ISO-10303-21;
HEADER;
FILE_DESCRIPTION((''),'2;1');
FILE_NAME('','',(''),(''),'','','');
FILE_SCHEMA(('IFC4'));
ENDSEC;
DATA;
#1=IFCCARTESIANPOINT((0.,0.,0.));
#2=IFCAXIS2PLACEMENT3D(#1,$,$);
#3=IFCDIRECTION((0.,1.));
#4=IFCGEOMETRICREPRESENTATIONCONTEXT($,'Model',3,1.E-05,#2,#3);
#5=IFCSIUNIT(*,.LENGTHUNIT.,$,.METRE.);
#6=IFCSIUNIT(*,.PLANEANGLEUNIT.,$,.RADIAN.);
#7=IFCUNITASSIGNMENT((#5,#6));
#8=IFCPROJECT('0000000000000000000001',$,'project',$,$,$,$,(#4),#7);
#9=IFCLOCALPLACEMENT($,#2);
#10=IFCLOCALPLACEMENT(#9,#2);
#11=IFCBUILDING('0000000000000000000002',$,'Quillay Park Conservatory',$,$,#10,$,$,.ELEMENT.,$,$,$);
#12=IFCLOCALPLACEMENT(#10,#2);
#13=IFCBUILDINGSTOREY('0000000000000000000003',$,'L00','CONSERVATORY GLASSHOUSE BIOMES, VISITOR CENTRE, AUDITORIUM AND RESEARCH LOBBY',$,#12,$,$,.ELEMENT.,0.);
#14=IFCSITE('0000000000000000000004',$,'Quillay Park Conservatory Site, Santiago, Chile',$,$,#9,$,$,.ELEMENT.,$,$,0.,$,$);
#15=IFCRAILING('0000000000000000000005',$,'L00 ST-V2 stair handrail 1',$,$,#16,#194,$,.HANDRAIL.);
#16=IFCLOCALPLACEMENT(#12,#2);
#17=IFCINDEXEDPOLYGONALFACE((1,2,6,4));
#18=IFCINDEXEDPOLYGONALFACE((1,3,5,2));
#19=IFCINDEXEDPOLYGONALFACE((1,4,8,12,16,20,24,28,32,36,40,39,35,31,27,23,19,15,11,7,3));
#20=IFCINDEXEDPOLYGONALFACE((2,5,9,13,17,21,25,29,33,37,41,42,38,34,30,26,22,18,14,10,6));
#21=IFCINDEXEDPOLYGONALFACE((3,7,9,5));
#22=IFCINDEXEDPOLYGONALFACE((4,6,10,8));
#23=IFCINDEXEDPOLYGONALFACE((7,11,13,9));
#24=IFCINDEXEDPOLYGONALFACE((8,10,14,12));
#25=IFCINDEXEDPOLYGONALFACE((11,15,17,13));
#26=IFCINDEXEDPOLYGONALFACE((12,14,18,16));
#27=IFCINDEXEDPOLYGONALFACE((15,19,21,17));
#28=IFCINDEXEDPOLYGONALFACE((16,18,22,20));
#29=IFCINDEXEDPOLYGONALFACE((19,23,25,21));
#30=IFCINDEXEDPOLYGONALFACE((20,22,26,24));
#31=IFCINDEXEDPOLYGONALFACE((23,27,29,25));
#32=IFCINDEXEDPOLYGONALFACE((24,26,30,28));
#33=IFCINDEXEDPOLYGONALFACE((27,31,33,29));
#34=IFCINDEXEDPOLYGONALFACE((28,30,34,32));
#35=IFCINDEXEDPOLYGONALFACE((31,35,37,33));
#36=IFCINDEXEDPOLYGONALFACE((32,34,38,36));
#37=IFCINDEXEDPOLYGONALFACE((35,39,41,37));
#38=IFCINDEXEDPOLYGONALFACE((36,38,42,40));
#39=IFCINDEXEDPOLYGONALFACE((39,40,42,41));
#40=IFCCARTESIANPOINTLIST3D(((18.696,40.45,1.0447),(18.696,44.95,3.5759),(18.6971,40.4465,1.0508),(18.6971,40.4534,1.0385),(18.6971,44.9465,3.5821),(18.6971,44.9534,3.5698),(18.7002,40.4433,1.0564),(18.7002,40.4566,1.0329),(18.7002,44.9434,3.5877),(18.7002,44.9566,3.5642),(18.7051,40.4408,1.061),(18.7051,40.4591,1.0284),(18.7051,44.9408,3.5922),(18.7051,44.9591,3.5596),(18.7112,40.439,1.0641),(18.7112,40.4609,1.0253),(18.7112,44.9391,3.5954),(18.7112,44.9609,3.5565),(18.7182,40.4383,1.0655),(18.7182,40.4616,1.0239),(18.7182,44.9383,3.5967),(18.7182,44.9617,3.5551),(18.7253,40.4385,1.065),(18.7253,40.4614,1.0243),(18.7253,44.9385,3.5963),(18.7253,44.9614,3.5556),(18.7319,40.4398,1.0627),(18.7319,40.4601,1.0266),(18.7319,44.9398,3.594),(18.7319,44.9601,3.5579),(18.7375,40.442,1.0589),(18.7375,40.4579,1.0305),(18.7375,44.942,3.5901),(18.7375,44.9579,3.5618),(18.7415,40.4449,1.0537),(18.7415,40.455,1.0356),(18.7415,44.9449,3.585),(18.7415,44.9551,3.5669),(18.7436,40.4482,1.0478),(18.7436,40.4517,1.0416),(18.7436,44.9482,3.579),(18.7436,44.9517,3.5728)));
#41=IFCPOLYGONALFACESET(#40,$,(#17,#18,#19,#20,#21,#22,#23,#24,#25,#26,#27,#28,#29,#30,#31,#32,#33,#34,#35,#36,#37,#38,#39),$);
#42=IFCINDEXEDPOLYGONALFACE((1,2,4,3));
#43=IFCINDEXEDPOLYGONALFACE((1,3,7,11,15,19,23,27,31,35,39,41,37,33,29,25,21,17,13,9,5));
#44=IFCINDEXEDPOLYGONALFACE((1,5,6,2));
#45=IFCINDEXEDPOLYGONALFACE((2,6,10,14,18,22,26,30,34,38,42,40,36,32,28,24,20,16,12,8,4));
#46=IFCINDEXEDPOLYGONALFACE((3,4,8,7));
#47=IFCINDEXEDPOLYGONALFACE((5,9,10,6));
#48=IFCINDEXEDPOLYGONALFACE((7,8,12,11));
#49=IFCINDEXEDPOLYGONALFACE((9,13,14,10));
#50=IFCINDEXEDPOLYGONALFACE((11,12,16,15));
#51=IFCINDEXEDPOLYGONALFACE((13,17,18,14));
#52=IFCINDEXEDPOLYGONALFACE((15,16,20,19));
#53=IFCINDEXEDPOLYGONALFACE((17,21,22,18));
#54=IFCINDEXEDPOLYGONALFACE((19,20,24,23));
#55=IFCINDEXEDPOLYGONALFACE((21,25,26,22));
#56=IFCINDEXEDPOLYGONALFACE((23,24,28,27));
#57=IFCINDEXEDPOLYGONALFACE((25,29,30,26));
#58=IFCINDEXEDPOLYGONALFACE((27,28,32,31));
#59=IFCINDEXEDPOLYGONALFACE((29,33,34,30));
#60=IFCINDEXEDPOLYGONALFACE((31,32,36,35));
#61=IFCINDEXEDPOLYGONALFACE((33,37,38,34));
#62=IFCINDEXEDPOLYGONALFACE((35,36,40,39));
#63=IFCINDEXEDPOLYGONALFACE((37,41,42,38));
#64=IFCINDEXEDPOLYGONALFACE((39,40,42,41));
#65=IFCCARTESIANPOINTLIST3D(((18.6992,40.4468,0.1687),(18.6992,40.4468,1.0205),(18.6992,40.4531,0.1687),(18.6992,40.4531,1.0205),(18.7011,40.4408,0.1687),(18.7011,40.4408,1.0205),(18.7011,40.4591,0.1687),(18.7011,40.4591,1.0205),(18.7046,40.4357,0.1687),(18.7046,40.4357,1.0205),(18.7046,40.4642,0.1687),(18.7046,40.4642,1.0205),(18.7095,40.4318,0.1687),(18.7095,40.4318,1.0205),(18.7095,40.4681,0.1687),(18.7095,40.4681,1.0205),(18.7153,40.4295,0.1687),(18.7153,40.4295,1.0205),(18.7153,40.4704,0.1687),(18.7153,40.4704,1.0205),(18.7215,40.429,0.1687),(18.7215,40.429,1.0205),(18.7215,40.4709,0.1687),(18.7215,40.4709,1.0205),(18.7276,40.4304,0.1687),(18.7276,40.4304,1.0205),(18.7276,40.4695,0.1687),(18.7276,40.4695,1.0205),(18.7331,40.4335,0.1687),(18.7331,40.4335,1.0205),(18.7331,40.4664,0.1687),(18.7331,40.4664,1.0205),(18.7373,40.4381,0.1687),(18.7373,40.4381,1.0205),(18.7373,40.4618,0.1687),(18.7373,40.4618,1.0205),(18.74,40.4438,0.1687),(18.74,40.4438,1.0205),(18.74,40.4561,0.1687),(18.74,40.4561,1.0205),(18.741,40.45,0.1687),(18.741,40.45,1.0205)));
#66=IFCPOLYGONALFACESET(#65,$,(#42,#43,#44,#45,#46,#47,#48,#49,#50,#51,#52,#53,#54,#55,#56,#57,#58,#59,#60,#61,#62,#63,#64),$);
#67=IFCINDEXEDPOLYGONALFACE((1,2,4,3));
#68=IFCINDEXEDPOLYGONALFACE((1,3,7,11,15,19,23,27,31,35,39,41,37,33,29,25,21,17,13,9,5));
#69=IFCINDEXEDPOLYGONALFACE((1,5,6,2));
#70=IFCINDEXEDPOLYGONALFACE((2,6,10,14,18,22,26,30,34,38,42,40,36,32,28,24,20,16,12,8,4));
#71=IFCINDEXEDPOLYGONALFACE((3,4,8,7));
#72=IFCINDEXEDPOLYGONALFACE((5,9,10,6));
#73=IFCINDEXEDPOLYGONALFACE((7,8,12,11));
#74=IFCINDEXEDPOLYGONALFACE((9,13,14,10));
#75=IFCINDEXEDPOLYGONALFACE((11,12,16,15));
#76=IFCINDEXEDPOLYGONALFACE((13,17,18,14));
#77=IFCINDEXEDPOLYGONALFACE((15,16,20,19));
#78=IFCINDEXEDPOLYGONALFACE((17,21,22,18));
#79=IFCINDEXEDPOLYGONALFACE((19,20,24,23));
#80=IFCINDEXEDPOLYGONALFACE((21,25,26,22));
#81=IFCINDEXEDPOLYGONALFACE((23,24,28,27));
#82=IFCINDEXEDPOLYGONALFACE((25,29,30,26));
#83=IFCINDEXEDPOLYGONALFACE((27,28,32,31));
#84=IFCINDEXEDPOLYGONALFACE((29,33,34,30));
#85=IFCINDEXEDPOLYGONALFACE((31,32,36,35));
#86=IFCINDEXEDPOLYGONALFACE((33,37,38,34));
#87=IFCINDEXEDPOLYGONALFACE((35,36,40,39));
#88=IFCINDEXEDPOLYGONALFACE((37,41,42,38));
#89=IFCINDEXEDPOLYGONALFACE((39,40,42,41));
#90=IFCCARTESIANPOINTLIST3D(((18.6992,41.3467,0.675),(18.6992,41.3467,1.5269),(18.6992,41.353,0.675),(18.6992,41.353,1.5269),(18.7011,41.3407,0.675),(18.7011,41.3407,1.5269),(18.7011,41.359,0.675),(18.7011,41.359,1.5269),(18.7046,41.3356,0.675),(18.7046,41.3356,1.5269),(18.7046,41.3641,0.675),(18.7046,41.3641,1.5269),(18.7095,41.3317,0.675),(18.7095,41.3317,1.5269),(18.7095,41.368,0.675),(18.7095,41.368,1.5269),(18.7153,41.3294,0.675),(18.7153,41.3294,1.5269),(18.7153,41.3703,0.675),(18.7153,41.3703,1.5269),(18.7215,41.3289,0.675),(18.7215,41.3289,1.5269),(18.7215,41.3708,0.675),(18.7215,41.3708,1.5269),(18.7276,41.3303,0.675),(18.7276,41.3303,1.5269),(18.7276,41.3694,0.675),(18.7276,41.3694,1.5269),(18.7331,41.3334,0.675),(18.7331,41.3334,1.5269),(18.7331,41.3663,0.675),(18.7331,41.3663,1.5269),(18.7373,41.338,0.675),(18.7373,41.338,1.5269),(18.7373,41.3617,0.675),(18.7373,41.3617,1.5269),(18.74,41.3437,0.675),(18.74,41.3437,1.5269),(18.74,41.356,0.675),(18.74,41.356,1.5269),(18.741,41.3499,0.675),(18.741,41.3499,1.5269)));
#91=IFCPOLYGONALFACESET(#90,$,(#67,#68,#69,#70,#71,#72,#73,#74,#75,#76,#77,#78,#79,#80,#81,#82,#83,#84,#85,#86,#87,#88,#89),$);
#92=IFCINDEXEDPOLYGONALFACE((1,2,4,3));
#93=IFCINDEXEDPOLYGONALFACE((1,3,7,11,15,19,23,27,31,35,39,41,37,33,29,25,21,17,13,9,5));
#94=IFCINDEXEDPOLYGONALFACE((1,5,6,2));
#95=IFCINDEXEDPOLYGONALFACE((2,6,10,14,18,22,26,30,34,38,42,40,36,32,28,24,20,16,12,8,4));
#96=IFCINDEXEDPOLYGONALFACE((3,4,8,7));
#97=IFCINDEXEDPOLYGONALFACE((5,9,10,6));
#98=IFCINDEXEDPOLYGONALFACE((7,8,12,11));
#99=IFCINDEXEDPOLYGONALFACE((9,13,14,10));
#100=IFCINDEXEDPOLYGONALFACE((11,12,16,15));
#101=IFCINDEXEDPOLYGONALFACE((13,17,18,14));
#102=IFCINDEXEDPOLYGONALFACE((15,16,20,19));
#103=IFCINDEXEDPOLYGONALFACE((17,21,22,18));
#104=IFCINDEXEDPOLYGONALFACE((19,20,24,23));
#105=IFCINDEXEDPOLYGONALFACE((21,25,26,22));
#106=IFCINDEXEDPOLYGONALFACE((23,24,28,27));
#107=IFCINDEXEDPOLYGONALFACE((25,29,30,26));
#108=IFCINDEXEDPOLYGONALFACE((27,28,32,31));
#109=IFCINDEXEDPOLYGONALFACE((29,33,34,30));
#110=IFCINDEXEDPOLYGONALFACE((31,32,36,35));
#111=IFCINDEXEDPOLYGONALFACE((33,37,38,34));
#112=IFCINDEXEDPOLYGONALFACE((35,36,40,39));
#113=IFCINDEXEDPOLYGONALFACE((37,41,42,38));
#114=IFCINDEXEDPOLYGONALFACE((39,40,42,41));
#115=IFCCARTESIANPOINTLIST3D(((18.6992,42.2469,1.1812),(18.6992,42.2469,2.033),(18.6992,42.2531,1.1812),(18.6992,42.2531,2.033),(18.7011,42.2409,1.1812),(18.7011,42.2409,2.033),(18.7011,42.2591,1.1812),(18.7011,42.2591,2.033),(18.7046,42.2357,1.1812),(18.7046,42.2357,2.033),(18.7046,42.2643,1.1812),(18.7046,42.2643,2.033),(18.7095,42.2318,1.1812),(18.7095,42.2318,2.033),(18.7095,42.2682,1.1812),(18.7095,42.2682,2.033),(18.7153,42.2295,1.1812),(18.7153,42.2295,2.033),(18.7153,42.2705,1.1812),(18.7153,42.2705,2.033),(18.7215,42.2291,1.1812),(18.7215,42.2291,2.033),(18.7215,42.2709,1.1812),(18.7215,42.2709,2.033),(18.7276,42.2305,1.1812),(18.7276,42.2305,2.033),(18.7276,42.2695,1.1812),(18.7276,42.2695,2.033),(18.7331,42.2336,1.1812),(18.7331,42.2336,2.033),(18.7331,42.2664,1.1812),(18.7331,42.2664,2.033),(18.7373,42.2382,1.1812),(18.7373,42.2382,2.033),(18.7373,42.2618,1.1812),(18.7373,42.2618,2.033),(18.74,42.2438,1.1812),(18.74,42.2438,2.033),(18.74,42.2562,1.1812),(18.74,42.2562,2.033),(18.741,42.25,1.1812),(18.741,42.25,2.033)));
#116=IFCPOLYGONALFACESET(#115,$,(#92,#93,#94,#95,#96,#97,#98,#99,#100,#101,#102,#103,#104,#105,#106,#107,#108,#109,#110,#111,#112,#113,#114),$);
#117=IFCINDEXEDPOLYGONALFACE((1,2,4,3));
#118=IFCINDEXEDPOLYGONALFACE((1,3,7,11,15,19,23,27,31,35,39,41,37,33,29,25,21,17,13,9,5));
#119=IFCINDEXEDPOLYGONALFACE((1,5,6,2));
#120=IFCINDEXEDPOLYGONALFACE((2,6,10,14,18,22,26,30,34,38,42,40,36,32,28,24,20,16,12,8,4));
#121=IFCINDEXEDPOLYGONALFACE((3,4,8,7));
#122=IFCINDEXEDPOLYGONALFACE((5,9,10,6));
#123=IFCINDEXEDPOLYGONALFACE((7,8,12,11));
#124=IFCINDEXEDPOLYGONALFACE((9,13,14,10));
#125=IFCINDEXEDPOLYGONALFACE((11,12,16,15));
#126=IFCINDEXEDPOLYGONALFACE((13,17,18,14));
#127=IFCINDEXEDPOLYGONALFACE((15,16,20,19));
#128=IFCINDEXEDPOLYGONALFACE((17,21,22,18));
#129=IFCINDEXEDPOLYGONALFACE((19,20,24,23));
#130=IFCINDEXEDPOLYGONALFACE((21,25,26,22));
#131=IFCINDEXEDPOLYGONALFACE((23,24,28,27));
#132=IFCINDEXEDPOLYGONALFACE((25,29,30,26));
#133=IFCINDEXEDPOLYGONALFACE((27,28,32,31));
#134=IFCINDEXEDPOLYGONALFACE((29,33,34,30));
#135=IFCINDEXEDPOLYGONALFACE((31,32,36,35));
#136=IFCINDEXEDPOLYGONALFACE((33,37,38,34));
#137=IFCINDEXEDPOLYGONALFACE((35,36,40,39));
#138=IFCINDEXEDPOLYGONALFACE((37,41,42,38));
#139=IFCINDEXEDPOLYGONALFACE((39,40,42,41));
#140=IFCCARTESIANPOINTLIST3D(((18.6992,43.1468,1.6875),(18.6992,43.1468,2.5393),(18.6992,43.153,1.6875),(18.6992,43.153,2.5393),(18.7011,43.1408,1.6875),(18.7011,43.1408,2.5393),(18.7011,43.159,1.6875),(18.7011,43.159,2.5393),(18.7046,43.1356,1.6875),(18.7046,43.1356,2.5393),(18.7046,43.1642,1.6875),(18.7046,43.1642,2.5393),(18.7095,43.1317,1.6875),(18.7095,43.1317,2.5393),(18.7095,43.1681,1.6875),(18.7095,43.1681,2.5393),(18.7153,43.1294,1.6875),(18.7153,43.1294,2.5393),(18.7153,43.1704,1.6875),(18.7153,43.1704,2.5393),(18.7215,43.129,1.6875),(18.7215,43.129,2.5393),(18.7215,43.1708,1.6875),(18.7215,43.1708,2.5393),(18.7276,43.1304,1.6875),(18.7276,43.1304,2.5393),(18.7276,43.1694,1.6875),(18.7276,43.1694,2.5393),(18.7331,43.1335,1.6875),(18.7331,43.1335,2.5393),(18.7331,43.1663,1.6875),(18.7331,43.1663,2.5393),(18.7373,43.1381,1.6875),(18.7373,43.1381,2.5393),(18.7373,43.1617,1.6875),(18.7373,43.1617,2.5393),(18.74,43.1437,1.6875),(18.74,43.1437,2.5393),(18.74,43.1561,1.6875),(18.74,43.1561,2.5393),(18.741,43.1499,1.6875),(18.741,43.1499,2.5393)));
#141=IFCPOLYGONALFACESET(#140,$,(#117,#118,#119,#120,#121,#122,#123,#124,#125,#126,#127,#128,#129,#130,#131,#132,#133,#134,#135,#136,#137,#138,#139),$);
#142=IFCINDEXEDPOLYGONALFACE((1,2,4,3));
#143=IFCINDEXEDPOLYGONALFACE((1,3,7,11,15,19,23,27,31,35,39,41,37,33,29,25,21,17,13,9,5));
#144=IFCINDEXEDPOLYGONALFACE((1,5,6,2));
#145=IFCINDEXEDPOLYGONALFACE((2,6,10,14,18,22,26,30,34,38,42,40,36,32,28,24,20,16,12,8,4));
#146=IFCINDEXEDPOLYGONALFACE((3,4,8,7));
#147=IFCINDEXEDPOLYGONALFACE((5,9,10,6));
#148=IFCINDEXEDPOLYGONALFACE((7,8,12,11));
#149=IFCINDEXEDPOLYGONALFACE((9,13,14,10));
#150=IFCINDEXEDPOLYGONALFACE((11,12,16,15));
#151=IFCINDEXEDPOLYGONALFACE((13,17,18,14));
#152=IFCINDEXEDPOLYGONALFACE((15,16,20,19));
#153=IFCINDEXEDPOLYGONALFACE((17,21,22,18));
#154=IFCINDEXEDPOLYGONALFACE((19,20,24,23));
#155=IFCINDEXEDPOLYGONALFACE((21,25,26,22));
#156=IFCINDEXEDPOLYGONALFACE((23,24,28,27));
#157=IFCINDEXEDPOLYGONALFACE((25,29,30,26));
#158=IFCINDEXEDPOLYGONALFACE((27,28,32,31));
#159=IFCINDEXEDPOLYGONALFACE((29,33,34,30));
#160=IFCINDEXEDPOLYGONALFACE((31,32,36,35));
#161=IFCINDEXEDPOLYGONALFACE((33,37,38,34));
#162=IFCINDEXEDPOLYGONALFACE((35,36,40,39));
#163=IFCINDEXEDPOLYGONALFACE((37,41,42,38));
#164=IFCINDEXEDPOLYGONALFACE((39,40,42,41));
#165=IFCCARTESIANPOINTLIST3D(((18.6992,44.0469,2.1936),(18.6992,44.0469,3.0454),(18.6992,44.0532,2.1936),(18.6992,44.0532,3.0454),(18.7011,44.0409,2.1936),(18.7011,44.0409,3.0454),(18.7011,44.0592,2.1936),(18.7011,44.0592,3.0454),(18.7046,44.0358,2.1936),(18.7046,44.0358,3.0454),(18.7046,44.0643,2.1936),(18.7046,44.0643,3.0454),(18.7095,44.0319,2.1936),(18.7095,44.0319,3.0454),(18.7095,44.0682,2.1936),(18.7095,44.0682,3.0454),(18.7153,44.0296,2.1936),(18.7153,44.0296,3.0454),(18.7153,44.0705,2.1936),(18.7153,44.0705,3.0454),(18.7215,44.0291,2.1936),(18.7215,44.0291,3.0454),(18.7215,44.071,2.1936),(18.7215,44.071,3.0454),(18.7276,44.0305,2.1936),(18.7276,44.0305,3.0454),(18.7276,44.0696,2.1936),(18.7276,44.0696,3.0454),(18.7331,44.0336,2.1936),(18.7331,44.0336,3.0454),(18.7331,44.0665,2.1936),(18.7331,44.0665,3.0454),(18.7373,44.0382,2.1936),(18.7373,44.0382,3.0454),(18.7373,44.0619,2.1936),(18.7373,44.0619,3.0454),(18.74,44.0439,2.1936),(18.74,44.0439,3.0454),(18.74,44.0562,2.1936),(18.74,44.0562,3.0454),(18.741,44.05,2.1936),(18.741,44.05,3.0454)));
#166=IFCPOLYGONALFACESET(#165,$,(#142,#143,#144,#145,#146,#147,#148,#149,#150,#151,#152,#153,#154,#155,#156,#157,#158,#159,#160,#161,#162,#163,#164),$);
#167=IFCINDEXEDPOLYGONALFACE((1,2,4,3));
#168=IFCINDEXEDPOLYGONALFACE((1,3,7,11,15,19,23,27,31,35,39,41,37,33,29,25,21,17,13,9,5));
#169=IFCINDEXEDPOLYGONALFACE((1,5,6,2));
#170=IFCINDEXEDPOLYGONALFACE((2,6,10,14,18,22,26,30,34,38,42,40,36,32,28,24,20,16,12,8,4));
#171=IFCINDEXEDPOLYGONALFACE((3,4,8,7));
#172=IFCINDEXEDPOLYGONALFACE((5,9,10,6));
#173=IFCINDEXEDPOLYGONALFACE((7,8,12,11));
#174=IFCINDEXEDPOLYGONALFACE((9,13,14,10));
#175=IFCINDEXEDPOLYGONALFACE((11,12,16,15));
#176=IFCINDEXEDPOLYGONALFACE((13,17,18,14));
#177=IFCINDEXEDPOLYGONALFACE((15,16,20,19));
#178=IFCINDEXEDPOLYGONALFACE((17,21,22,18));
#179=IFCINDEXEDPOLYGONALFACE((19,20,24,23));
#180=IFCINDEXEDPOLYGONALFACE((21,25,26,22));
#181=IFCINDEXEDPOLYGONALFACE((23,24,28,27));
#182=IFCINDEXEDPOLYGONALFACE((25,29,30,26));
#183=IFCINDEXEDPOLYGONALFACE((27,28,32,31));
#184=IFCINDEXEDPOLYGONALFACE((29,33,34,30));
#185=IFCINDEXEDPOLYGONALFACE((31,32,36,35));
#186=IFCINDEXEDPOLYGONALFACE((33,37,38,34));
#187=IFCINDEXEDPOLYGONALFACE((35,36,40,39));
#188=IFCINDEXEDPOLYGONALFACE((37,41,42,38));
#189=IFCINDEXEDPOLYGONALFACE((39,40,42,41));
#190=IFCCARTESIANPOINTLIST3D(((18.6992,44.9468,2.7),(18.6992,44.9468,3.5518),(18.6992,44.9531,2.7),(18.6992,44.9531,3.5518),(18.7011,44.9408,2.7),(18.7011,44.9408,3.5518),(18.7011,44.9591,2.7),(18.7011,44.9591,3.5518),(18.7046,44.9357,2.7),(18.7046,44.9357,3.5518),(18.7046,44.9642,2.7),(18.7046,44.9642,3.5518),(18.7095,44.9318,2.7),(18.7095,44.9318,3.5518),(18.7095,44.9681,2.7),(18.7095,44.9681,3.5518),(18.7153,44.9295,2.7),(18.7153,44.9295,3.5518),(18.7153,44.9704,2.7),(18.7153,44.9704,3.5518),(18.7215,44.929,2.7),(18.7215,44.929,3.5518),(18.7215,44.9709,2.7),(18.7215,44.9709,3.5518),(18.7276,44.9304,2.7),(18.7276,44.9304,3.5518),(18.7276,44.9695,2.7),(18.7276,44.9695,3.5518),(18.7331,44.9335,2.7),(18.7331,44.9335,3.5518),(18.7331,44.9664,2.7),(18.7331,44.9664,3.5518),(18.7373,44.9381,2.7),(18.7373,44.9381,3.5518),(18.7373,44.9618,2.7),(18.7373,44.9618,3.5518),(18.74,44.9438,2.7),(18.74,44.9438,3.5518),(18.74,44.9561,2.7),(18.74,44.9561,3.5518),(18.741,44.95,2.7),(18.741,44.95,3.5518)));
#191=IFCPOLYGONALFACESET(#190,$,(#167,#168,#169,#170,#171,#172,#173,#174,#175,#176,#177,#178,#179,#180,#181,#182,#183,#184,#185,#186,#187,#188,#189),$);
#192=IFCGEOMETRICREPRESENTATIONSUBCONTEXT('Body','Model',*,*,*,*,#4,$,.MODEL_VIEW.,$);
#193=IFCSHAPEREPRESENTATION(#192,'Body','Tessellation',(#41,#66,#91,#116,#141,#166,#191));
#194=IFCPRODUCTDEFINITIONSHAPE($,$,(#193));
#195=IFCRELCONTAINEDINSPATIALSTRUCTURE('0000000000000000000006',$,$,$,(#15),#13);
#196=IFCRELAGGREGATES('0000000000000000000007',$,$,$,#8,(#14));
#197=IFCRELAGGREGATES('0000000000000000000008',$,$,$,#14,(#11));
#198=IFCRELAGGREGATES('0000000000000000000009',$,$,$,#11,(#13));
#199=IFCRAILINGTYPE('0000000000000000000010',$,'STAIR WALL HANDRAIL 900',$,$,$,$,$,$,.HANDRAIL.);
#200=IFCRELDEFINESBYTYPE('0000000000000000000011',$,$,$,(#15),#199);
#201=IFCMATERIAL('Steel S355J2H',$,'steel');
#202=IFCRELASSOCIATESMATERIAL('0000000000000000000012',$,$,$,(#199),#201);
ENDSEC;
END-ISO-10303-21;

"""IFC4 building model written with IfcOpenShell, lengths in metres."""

from ifc_helpers import new_model, si_unit, direction, frame, origin, origin_2d, place, context, subcontext, project, spatial, circle, extrude, material, type_object, element, save


model = new_model("IFC4")

# Units and contexts
model_context = context("Model", 3, precision=1e-05, world=origin(), true_north=direction((0.0, 1.0)))
body_context = subcontext(model_context, "Body", "Model", "MODEL_VIEW")
ifc_project = project(units=[si_unit("LENGTHUNIT", "METRE"), si_unit("PLANEANGLEUNIT", "RADIAN")], contexts=[model_context])

# Site, building, storey
site_placement = place(None, origin())
site = spatial("IfcSite", under=ifc_project, at=site_placement, Name="Quillay Park Conservatory Site, Santiago, Chile", CompositionType="ELEMENT", RefElevation=0.0)
building_placement = place(site_placement, origin())
building = spatial("IfcBuilding", under=site, at=building_placement, Name="Quillay Park Conservatory", CompositionType="ELEMENT")
storey_placement = place(building_placement, origin())
storey = spatial("IfcBuildingStorey", under=building, at=storey_placement, Name="L00", Description="CONSERVATORY GLASSHOUSE BIOMES, VISITOR CENTRE, AUDITORIUM AND RESEARCH LOBBY", CompositionType="ELEMENT", Elevation=0.0)

# Railing
ifc_material_1 = material(Name="Steel S355J2H", Category="steel")
railing_type = type_object("IfcRailingType", Name="STAIR WALL HANDRAIL 900", PredefinedType="HANDRAIL", material=ifc_material_1)
railing_placement = place(storey_placement, frame((18.72, 40.45, 0.1687)))
element("IfcRailing", 1, at=railing_placement, inside=storey, type_object=railing_type, Name="L00 ST-V2 stair handrail 1", PredefinedType="HANDRAIL", context=body_context, shape_type="SweptSolid", body=[
    extrude(circle(Radius=0.0239, at=origin_2d()), frame((0.0, 0.0, 0.876), z_axis=(0.0, 0.871576, 0.490261), x_axis=(-1.0, 0.0, 0.0)), (0.0, 0.0, 1.0), 5.1631),
    extrude(circle(Radius=0.021, at=origin_2d()), origin(), (0.0, 0.0, 1.0), 0.8518),
    extrude(circle(Radius=0.021, at=origin_2d()), frame((0.0, 0.8999, 0.5063)), (0.0, 0.0, 1.0), 0.8518),
    extrude(circle(Radius=0.021, at=origin_2d()), frame((0.0, 1.8, 1.0125)), (0.0, 0.0, 1.0), 0.8518),
    extrude(circle(Radius=0.021, at=origin_2d()), frame((0.0, 2.7, 1.5188)), (0.0, 0.0, 1.0), 0.8518),
    extrude(circle(Radius=0.021, at=origin_2d()), frame((0.0, 3.6001, 2.0249)), (0.0, 0.0, 1.0), 0.8518),
    extrude(circle(Radius=0.021, at=origin_2d()), frame((0.0, 4.5, 2.5312)), (0.0, 0.0, 1.0), 0.8518),
])

save(model, "model.ifc")
